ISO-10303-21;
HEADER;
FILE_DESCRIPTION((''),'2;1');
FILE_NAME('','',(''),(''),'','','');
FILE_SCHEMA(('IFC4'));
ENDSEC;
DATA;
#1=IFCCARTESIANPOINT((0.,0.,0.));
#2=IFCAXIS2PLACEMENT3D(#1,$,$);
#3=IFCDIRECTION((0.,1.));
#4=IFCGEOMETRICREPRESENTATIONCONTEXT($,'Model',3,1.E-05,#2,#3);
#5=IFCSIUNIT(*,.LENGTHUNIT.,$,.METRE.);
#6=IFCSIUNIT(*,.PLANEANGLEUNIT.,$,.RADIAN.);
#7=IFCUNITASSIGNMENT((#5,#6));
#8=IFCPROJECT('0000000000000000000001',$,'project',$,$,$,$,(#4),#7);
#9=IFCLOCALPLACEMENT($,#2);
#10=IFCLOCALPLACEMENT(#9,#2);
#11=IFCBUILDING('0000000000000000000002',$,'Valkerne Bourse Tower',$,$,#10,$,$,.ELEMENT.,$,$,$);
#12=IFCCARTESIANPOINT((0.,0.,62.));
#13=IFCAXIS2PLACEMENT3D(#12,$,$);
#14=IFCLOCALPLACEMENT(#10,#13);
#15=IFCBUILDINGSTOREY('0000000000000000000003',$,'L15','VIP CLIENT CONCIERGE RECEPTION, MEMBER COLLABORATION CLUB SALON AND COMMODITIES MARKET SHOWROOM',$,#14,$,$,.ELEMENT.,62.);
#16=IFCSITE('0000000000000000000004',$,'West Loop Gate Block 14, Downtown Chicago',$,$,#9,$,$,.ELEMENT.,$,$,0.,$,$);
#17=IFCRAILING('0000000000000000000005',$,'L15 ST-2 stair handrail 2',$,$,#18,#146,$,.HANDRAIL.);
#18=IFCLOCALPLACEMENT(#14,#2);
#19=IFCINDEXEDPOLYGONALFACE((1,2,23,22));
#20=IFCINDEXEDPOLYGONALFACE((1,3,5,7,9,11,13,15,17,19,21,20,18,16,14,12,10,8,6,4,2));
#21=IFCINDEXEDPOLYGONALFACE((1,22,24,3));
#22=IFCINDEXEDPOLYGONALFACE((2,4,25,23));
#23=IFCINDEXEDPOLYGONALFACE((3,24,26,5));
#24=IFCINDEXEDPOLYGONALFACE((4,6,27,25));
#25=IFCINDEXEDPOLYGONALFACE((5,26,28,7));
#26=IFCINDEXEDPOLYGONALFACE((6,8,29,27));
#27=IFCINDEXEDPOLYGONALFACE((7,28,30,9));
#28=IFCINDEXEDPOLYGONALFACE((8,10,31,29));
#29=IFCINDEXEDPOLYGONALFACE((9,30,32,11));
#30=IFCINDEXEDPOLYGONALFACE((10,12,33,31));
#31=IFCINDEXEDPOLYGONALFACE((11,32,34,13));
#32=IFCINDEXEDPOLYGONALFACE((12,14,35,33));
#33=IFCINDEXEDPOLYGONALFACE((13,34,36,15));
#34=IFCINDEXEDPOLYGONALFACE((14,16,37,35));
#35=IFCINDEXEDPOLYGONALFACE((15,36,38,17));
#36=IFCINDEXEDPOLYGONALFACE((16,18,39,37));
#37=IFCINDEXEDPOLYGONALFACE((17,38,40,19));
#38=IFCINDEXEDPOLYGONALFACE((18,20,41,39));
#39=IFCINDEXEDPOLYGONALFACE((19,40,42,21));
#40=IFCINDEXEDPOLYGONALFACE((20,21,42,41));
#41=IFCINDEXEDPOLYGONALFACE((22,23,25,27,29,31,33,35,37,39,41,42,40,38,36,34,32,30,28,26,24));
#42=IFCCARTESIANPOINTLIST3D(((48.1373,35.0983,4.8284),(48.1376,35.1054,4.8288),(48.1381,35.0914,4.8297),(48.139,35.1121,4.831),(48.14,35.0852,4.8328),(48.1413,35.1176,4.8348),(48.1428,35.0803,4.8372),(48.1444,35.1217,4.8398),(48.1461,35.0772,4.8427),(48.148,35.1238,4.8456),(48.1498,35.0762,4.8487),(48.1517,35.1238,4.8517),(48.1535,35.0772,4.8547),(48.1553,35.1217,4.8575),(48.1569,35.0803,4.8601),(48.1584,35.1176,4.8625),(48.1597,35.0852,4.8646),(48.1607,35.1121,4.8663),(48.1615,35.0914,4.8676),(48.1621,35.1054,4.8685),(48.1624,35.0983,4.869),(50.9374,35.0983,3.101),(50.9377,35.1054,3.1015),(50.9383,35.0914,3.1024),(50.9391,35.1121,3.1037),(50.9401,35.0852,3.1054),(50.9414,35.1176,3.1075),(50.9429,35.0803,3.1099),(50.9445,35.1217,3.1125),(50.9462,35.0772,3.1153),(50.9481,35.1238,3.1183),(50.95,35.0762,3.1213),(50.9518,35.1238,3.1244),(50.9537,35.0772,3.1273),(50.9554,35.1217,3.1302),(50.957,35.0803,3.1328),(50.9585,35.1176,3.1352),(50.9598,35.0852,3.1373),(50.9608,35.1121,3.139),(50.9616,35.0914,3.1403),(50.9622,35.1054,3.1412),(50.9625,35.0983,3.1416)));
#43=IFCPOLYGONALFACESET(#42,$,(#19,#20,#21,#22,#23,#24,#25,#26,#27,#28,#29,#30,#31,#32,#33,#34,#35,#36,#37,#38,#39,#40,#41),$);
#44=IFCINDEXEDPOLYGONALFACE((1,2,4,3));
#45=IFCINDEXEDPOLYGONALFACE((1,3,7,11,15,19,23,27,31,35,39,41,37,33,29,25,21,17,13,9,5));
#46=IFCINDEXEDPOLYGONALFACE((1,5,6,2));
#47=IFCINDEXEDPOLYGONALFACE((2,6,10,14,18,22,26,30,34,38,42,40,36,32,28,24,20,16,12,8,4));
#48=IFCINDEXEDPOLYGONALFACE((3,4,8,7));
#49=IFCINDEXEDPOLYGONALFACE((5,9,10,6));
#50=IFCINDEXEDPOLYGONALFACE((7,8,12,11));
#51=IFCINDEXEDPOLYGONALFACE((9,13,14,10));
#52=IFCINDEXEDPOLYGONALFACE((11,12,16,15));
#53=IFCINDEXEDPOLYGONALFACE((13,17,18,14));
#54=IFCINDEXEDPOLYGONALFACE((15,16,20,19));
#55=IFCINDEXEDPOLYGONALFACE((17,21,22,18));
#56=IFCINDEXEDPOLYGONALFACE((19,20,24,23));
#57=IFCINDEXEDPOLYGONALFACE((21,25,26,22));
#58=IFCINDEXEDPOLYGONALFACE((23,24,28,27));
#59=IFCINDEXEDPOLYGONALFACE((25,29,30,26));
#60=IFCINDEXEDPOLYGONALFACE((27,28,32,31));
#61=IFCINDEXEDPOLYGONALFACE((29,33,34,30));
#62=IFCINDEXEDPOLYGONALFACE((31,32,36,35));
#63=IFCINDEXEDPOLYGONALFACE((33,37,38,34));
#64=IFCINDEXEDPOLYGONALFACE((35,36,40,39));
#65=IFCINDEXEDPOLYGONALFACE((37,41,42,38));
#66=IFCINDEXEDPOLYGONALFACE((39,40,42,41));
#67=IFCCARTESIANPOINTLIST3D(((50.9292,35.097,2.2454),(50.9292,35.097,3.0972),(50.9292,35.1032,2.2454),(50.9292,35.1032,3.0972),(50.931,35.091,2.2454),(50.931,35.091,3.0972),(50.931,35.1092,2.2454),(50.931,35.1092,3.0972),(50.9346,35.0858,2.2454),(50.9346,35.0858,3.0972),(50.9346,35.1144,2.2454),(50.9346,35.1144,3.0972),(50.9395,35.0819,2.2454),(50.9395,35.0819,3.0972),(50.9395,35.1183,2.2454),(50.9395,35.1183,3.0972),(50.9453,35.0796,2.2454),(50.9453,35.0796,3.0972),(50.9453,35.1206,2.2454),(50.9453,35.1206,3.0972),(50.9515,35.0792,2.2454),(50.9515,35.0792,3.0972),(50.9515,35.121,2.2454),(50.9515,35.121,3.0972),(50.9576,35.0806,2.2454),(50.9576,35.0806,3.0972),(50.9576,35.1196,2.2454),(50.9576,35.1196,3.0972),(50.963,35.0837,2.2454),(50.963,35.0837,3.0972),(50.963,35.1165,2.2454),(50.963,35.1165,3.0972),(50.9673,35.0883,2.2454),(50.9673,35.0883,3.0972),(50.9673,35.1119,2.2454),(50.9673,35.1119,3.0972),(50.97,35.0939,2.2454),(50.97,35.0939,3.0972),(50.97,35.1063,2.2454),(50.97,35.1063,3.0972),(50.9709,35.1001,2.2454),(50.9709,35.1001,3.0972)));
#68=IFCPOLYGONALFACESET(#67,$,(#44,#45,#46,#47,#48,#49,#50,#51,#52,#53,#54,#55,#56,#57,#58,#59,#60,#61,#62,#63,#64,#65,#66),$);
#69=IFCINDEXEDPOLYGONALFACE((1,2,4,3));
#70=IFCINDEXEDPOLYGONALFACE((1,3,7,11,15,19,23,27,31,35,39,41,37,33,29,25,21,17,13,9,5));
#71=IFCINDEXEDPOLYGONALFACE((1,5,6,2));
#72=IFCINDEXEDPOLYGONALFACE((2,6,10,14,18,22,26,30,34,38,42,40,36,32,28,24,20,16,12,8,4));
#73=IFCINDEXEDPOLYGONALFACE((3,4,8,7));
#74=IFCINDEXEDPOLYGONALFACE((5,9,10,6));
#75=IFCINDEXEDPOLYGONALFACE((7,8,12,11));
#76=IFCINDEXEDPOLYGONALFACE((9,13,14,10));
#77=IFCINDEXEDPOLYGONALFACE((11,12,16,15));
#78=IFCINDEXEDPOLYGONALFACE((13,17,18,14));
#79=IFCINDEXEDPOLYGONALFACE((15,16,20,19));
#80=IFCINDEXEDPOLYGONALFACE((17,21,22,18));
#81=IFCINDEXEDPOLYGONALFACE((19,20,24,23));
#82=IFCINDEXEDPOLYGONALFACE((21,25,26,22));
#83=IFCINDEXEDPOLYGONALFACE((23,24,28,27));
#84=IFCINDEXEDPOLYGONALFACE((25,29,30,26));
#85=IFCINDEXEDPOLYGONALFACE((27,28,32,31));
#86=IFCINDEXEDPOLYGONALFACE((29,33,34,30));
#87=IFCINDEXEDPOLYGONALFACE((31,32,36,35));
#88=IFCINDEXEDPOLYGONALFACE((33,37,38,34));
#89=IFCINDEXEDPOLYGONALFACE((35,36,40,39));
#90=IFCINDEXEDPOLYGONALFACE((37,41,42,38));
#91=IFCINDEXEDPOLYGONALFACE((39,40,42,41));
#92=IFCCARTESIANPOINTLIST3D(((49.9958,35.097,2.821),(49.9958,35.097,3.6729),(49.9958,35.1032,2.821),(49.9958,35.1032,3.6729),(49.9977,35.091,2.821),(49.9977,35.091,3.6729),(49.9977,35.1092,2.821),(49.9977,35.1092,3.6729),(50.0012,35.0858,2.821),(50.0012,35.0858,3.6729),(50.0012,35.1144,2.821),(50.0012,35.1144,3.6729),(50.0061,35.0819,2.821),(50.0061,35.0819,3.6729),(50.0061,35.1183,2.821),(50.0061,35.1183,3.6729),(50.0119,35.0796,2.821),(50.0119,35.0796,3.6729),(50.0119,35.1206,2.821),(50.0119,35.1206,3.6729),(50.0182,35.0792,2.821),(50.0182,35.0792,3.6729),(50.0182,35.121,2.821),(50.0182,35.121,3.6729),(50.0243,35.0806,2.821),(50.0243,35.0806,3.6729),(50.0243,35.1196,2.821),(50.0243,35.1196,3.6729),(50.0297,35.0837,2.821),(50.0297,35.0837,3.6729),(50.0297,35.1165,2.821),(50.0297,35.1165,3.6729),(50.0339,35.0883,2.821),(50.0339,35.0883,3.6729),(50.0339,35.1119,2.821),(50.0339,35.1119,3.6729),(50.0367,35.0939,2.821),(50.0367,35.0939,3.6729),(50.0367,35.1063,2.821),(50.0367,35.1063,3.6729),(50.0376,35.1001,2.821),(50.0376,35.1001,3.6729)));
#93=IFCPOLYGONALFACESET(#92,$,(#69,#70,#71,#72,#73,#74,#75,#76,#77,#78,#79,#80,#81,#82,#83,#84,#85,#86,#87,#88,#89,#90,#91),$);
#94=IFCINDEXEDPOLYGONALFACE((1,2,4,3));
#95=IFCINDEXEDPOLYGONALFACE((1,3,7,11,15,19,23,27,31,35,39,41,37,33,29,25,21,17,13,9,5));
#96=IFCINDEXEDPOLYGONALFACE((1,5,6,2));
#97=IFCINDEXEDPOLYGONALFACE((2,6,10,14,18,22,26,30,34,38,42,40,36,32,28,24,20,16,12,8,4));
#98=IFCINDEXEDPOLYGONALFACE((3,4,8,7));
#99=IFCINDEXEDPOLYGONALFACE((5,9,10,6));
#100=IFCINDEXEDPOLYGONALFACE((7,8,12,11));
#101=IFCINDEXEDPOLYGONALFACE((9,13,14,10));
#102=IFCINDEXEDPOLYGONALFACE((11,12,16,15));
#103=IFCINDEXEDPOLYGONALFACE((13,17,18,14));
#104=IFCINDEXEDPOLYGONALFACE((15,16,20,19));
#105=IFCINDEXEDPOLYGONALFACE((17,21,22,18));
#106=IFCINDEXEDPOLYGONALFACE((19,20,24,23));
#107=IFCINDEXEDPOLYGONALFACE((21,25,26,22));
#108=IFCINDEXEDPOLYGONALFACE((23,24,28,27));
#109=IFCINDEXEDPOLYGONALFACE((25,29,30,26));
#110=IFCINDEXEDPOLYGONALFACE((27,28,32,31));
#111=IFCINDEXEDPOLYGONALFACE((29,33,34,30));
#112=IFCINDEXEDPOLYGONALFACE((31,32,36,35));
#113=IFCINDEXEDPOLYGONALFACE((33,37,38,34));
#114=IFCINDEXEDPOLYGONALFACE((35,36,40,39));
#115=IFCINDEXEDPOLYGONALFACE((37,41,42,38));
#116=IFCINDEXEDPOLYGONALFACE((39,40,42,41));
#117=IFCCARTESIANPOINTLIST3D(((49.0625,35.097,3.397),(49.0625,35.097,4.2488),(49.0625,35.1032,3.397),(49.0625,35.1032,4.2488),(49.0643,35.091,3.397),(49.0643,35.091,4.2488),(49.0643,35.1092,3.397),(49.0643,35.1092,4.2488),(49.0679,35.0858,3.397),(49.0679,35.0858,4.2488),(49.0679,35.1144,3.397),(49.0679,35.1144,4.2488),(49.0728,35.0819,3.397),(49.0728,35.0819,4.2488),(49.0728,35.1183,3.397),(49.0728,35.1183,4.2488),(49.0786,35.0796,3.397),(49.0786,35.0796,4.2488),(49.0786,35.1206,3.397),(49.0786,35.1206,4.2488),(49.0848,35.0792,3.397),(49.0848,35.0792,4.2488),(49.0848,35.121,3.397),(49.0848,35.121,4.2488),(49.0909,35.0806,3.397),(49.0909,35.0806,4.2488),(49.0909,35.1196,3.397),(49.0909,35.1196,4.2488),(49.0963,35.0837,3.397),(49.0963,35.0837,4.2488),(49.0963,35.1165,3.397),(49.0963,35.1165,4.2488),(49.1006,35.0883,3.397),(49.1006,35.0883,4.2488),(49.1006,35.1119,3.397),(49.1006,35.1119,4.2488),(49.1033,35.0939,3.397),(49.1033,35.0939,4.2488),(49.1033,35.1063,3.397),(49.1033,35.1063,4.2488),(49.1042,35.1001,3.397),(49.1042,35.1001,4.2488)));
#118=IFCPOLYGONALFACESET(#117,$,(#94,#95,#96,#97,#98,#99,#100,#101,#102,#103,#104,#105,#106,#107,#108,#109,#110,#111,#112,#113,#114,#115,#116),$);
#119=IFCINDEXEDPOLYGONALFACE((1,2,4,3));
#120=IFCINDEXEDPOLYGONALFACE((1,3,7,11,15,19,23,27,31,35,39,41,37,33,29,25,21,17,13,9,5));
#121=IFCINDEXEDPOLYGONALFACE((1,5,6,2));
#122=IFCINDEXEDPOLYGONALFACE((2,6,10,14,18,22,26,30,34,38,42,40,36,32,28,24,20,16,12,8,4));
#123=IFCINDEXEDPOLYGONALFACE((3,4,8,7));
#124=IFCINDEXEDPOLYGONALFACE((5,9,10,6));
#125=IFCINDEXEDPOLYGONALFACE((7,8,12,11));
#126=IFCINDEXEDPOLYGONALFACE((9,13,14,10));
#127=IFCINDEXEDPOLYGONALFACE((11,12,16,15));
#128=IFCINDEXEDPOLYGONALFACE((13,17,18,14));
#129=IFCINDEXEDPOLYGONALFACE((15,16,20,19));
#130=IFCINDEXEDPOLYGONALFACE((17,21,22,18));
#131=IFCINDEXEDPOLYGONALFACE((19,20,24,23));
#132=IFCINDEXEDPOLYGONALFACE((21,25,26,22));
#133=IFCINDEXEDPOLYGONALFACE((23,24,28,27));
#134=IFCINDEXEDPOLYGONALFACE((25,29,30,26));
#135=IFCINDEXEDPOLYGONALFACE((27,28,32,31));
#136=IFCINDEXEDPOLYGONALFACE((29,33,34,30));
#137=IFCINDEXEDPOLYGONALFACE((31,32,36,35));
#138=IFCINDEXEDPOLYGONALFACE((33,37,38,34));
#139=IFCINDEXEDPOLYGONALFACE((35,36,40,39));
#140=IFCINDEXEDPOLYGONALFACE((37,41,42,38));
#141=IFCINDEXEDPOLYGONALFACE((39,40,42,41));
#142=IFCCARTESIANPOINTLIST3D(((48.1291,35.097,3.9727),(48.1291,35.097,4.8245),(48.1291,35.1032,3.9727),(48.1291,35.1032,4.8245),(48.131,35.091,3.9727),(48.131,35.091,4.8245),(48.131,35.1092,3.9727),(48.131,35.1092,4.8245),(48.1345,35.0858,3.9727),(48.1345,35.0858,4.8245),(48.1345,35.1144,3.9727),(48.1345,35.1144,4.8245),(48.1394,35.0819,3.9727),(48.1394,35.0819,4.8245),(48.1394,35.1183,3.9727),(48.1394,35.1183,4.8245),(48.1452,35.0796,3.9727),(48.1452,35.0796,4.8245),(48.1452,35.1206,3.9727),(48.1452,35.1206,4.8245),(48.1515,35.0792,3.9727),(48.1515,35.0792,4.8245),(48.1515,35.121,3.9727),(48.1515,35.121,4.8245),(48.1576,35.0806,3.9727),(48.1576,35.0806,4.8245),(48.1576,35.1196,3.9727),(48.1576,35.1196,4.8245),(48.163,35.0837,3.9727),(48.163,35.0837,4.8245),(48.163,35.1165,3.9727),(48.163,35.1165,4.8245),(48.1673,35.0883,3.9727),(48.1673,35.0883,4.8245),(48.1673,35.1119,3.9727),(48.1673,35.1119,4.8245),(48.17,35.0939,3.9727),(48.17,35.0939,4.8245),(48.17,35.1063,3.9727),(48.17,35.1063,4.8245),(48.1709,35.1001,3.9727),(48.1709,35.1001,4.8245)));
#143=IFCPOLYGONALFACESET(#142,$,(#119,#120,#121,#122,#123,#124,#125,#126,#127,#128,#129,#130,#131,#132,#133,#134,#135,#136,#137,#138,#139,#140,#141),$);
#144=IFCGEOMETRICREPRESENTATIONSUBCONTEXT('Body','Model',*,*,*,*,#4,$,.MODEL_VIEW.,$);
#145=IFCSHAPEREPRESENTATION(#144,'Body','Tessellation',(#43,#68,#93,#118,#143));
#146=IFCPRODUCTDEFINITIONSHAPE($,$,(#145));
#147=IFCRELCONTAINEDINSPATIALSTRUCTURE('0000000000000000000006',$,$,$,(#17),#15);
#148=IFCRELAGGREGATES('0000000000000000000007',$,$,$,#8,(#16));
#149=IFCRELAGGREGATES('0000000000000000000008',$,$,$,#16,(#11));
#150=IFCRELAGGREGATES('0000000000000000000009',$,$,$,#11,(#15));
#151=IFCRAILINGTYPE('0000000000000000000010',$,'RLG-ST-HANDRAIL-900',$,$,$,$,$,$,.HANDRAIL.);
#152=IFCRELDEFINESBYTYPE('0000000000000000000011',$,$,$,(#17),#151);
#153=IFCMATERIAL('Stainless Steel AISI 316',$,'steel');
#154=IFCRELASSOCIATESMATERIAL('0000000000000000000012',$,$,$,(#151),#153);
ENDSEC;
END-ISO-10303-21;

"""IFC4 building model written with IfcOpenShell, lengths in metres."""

from ifc_helpers import new_model, si_unit, direction, frame, origin, origin_2d, place, context, subcontext, project, spatial, circle, extrude, material, type_object, element, save


model = new_model("IFC4")

# Units and contexts
model_context = context("Model", 3, precision=1e-05, world=origin(), true_north=direction((0.0, 1.0)))
body_context = subcontext(model_context, "Body", "Model", "MODEL_VIEW")
ifc_project = project(units=[si_unit("LENGTHUNIT", "METRE"), si_unit("PLANEANGLEUNIT", "RADIAN")], contexts=[model_context])

# Site, building, storey
site_placement = place(None, origin())
site = spatial("IfcSite", under=ifc_project, at=site_placement, Name="West Loop Gate Block 14, Downtown Chicago", CompositionType="ELEMENT", RefElevation=0.0)
building_placement = place(site_placement, origin())
building = spatial("IfcBuilding", under=site, at=building_placement, Name="Valkerne Bourse Tower", CompositionType="ELEMENT")
storey_placement = place(building_placement, frame((0.0, 0.0, 62.0)))
storey = spatial("IfcBuildingStorey", under=building, at=storey_placement, Name="L15", Description="VIP CLIENT CONCIERGE RECEPTION, MEMBER COLLABORATION CLUB SALON AND COMMODITIES MARKET SHOWROOM", CompositionType="ELEMENT", Elevation=62.0)

# Shared definitions
ifc_material_1 = material(Name="Stainless Steel AISI 316", Category="steel")

# Railing
railing_type_1 = type_object("IfcRailingType", Name="RLG-ST-HANDRAIL-900", PredefinedType="HANDRAIL", material=ifc_material_1)
railing_1_placement = place(storey_placement, frame((50.95, 35.1001, 2.2454)))
element("IfcRailing", 1, at=railing_1_placement, inside=storey, type_object=railing_type_1, Name="L15 ST-2 stair handrail 2", PredefinedType="HANDRAIL", context=body_context, shape_type="SweptSolid", body=[
    extrude(circle(Radius=0.0239, at=origin_2d()), frame((0.0, 0.0, 0.876), z_axis=(-0.85109, 0.0, 0.52502), x_axis=(0.0, -1.0, 0.0)), (0.0, 0.0, 1.0), 3.29),
    extrude(circle(Radius=0.021, at=origin_2d()), origin(), (0.0, 0.0, 1.0), 0.8518),
    extrude(circle(Radius=0.021, at=origin_2d()), frame((-0.9333, 0.0, 0.5757)), (0.0, 0.0, 1.0), 0.8518),
    extrude(circle(Radius=0.021, at=origin_2d()), frame((-1.8667, 0.0, 1.1516)), (0.0, 0.0, 1.0), 0.8518),
    extrude(circle(Radius=0.021, at=origin_2d()), frame((-2.8, 0.0, 1.7273)), (0.0, 0.0, 1.0), 0.8518),
])

save(model, "model.ifc")
